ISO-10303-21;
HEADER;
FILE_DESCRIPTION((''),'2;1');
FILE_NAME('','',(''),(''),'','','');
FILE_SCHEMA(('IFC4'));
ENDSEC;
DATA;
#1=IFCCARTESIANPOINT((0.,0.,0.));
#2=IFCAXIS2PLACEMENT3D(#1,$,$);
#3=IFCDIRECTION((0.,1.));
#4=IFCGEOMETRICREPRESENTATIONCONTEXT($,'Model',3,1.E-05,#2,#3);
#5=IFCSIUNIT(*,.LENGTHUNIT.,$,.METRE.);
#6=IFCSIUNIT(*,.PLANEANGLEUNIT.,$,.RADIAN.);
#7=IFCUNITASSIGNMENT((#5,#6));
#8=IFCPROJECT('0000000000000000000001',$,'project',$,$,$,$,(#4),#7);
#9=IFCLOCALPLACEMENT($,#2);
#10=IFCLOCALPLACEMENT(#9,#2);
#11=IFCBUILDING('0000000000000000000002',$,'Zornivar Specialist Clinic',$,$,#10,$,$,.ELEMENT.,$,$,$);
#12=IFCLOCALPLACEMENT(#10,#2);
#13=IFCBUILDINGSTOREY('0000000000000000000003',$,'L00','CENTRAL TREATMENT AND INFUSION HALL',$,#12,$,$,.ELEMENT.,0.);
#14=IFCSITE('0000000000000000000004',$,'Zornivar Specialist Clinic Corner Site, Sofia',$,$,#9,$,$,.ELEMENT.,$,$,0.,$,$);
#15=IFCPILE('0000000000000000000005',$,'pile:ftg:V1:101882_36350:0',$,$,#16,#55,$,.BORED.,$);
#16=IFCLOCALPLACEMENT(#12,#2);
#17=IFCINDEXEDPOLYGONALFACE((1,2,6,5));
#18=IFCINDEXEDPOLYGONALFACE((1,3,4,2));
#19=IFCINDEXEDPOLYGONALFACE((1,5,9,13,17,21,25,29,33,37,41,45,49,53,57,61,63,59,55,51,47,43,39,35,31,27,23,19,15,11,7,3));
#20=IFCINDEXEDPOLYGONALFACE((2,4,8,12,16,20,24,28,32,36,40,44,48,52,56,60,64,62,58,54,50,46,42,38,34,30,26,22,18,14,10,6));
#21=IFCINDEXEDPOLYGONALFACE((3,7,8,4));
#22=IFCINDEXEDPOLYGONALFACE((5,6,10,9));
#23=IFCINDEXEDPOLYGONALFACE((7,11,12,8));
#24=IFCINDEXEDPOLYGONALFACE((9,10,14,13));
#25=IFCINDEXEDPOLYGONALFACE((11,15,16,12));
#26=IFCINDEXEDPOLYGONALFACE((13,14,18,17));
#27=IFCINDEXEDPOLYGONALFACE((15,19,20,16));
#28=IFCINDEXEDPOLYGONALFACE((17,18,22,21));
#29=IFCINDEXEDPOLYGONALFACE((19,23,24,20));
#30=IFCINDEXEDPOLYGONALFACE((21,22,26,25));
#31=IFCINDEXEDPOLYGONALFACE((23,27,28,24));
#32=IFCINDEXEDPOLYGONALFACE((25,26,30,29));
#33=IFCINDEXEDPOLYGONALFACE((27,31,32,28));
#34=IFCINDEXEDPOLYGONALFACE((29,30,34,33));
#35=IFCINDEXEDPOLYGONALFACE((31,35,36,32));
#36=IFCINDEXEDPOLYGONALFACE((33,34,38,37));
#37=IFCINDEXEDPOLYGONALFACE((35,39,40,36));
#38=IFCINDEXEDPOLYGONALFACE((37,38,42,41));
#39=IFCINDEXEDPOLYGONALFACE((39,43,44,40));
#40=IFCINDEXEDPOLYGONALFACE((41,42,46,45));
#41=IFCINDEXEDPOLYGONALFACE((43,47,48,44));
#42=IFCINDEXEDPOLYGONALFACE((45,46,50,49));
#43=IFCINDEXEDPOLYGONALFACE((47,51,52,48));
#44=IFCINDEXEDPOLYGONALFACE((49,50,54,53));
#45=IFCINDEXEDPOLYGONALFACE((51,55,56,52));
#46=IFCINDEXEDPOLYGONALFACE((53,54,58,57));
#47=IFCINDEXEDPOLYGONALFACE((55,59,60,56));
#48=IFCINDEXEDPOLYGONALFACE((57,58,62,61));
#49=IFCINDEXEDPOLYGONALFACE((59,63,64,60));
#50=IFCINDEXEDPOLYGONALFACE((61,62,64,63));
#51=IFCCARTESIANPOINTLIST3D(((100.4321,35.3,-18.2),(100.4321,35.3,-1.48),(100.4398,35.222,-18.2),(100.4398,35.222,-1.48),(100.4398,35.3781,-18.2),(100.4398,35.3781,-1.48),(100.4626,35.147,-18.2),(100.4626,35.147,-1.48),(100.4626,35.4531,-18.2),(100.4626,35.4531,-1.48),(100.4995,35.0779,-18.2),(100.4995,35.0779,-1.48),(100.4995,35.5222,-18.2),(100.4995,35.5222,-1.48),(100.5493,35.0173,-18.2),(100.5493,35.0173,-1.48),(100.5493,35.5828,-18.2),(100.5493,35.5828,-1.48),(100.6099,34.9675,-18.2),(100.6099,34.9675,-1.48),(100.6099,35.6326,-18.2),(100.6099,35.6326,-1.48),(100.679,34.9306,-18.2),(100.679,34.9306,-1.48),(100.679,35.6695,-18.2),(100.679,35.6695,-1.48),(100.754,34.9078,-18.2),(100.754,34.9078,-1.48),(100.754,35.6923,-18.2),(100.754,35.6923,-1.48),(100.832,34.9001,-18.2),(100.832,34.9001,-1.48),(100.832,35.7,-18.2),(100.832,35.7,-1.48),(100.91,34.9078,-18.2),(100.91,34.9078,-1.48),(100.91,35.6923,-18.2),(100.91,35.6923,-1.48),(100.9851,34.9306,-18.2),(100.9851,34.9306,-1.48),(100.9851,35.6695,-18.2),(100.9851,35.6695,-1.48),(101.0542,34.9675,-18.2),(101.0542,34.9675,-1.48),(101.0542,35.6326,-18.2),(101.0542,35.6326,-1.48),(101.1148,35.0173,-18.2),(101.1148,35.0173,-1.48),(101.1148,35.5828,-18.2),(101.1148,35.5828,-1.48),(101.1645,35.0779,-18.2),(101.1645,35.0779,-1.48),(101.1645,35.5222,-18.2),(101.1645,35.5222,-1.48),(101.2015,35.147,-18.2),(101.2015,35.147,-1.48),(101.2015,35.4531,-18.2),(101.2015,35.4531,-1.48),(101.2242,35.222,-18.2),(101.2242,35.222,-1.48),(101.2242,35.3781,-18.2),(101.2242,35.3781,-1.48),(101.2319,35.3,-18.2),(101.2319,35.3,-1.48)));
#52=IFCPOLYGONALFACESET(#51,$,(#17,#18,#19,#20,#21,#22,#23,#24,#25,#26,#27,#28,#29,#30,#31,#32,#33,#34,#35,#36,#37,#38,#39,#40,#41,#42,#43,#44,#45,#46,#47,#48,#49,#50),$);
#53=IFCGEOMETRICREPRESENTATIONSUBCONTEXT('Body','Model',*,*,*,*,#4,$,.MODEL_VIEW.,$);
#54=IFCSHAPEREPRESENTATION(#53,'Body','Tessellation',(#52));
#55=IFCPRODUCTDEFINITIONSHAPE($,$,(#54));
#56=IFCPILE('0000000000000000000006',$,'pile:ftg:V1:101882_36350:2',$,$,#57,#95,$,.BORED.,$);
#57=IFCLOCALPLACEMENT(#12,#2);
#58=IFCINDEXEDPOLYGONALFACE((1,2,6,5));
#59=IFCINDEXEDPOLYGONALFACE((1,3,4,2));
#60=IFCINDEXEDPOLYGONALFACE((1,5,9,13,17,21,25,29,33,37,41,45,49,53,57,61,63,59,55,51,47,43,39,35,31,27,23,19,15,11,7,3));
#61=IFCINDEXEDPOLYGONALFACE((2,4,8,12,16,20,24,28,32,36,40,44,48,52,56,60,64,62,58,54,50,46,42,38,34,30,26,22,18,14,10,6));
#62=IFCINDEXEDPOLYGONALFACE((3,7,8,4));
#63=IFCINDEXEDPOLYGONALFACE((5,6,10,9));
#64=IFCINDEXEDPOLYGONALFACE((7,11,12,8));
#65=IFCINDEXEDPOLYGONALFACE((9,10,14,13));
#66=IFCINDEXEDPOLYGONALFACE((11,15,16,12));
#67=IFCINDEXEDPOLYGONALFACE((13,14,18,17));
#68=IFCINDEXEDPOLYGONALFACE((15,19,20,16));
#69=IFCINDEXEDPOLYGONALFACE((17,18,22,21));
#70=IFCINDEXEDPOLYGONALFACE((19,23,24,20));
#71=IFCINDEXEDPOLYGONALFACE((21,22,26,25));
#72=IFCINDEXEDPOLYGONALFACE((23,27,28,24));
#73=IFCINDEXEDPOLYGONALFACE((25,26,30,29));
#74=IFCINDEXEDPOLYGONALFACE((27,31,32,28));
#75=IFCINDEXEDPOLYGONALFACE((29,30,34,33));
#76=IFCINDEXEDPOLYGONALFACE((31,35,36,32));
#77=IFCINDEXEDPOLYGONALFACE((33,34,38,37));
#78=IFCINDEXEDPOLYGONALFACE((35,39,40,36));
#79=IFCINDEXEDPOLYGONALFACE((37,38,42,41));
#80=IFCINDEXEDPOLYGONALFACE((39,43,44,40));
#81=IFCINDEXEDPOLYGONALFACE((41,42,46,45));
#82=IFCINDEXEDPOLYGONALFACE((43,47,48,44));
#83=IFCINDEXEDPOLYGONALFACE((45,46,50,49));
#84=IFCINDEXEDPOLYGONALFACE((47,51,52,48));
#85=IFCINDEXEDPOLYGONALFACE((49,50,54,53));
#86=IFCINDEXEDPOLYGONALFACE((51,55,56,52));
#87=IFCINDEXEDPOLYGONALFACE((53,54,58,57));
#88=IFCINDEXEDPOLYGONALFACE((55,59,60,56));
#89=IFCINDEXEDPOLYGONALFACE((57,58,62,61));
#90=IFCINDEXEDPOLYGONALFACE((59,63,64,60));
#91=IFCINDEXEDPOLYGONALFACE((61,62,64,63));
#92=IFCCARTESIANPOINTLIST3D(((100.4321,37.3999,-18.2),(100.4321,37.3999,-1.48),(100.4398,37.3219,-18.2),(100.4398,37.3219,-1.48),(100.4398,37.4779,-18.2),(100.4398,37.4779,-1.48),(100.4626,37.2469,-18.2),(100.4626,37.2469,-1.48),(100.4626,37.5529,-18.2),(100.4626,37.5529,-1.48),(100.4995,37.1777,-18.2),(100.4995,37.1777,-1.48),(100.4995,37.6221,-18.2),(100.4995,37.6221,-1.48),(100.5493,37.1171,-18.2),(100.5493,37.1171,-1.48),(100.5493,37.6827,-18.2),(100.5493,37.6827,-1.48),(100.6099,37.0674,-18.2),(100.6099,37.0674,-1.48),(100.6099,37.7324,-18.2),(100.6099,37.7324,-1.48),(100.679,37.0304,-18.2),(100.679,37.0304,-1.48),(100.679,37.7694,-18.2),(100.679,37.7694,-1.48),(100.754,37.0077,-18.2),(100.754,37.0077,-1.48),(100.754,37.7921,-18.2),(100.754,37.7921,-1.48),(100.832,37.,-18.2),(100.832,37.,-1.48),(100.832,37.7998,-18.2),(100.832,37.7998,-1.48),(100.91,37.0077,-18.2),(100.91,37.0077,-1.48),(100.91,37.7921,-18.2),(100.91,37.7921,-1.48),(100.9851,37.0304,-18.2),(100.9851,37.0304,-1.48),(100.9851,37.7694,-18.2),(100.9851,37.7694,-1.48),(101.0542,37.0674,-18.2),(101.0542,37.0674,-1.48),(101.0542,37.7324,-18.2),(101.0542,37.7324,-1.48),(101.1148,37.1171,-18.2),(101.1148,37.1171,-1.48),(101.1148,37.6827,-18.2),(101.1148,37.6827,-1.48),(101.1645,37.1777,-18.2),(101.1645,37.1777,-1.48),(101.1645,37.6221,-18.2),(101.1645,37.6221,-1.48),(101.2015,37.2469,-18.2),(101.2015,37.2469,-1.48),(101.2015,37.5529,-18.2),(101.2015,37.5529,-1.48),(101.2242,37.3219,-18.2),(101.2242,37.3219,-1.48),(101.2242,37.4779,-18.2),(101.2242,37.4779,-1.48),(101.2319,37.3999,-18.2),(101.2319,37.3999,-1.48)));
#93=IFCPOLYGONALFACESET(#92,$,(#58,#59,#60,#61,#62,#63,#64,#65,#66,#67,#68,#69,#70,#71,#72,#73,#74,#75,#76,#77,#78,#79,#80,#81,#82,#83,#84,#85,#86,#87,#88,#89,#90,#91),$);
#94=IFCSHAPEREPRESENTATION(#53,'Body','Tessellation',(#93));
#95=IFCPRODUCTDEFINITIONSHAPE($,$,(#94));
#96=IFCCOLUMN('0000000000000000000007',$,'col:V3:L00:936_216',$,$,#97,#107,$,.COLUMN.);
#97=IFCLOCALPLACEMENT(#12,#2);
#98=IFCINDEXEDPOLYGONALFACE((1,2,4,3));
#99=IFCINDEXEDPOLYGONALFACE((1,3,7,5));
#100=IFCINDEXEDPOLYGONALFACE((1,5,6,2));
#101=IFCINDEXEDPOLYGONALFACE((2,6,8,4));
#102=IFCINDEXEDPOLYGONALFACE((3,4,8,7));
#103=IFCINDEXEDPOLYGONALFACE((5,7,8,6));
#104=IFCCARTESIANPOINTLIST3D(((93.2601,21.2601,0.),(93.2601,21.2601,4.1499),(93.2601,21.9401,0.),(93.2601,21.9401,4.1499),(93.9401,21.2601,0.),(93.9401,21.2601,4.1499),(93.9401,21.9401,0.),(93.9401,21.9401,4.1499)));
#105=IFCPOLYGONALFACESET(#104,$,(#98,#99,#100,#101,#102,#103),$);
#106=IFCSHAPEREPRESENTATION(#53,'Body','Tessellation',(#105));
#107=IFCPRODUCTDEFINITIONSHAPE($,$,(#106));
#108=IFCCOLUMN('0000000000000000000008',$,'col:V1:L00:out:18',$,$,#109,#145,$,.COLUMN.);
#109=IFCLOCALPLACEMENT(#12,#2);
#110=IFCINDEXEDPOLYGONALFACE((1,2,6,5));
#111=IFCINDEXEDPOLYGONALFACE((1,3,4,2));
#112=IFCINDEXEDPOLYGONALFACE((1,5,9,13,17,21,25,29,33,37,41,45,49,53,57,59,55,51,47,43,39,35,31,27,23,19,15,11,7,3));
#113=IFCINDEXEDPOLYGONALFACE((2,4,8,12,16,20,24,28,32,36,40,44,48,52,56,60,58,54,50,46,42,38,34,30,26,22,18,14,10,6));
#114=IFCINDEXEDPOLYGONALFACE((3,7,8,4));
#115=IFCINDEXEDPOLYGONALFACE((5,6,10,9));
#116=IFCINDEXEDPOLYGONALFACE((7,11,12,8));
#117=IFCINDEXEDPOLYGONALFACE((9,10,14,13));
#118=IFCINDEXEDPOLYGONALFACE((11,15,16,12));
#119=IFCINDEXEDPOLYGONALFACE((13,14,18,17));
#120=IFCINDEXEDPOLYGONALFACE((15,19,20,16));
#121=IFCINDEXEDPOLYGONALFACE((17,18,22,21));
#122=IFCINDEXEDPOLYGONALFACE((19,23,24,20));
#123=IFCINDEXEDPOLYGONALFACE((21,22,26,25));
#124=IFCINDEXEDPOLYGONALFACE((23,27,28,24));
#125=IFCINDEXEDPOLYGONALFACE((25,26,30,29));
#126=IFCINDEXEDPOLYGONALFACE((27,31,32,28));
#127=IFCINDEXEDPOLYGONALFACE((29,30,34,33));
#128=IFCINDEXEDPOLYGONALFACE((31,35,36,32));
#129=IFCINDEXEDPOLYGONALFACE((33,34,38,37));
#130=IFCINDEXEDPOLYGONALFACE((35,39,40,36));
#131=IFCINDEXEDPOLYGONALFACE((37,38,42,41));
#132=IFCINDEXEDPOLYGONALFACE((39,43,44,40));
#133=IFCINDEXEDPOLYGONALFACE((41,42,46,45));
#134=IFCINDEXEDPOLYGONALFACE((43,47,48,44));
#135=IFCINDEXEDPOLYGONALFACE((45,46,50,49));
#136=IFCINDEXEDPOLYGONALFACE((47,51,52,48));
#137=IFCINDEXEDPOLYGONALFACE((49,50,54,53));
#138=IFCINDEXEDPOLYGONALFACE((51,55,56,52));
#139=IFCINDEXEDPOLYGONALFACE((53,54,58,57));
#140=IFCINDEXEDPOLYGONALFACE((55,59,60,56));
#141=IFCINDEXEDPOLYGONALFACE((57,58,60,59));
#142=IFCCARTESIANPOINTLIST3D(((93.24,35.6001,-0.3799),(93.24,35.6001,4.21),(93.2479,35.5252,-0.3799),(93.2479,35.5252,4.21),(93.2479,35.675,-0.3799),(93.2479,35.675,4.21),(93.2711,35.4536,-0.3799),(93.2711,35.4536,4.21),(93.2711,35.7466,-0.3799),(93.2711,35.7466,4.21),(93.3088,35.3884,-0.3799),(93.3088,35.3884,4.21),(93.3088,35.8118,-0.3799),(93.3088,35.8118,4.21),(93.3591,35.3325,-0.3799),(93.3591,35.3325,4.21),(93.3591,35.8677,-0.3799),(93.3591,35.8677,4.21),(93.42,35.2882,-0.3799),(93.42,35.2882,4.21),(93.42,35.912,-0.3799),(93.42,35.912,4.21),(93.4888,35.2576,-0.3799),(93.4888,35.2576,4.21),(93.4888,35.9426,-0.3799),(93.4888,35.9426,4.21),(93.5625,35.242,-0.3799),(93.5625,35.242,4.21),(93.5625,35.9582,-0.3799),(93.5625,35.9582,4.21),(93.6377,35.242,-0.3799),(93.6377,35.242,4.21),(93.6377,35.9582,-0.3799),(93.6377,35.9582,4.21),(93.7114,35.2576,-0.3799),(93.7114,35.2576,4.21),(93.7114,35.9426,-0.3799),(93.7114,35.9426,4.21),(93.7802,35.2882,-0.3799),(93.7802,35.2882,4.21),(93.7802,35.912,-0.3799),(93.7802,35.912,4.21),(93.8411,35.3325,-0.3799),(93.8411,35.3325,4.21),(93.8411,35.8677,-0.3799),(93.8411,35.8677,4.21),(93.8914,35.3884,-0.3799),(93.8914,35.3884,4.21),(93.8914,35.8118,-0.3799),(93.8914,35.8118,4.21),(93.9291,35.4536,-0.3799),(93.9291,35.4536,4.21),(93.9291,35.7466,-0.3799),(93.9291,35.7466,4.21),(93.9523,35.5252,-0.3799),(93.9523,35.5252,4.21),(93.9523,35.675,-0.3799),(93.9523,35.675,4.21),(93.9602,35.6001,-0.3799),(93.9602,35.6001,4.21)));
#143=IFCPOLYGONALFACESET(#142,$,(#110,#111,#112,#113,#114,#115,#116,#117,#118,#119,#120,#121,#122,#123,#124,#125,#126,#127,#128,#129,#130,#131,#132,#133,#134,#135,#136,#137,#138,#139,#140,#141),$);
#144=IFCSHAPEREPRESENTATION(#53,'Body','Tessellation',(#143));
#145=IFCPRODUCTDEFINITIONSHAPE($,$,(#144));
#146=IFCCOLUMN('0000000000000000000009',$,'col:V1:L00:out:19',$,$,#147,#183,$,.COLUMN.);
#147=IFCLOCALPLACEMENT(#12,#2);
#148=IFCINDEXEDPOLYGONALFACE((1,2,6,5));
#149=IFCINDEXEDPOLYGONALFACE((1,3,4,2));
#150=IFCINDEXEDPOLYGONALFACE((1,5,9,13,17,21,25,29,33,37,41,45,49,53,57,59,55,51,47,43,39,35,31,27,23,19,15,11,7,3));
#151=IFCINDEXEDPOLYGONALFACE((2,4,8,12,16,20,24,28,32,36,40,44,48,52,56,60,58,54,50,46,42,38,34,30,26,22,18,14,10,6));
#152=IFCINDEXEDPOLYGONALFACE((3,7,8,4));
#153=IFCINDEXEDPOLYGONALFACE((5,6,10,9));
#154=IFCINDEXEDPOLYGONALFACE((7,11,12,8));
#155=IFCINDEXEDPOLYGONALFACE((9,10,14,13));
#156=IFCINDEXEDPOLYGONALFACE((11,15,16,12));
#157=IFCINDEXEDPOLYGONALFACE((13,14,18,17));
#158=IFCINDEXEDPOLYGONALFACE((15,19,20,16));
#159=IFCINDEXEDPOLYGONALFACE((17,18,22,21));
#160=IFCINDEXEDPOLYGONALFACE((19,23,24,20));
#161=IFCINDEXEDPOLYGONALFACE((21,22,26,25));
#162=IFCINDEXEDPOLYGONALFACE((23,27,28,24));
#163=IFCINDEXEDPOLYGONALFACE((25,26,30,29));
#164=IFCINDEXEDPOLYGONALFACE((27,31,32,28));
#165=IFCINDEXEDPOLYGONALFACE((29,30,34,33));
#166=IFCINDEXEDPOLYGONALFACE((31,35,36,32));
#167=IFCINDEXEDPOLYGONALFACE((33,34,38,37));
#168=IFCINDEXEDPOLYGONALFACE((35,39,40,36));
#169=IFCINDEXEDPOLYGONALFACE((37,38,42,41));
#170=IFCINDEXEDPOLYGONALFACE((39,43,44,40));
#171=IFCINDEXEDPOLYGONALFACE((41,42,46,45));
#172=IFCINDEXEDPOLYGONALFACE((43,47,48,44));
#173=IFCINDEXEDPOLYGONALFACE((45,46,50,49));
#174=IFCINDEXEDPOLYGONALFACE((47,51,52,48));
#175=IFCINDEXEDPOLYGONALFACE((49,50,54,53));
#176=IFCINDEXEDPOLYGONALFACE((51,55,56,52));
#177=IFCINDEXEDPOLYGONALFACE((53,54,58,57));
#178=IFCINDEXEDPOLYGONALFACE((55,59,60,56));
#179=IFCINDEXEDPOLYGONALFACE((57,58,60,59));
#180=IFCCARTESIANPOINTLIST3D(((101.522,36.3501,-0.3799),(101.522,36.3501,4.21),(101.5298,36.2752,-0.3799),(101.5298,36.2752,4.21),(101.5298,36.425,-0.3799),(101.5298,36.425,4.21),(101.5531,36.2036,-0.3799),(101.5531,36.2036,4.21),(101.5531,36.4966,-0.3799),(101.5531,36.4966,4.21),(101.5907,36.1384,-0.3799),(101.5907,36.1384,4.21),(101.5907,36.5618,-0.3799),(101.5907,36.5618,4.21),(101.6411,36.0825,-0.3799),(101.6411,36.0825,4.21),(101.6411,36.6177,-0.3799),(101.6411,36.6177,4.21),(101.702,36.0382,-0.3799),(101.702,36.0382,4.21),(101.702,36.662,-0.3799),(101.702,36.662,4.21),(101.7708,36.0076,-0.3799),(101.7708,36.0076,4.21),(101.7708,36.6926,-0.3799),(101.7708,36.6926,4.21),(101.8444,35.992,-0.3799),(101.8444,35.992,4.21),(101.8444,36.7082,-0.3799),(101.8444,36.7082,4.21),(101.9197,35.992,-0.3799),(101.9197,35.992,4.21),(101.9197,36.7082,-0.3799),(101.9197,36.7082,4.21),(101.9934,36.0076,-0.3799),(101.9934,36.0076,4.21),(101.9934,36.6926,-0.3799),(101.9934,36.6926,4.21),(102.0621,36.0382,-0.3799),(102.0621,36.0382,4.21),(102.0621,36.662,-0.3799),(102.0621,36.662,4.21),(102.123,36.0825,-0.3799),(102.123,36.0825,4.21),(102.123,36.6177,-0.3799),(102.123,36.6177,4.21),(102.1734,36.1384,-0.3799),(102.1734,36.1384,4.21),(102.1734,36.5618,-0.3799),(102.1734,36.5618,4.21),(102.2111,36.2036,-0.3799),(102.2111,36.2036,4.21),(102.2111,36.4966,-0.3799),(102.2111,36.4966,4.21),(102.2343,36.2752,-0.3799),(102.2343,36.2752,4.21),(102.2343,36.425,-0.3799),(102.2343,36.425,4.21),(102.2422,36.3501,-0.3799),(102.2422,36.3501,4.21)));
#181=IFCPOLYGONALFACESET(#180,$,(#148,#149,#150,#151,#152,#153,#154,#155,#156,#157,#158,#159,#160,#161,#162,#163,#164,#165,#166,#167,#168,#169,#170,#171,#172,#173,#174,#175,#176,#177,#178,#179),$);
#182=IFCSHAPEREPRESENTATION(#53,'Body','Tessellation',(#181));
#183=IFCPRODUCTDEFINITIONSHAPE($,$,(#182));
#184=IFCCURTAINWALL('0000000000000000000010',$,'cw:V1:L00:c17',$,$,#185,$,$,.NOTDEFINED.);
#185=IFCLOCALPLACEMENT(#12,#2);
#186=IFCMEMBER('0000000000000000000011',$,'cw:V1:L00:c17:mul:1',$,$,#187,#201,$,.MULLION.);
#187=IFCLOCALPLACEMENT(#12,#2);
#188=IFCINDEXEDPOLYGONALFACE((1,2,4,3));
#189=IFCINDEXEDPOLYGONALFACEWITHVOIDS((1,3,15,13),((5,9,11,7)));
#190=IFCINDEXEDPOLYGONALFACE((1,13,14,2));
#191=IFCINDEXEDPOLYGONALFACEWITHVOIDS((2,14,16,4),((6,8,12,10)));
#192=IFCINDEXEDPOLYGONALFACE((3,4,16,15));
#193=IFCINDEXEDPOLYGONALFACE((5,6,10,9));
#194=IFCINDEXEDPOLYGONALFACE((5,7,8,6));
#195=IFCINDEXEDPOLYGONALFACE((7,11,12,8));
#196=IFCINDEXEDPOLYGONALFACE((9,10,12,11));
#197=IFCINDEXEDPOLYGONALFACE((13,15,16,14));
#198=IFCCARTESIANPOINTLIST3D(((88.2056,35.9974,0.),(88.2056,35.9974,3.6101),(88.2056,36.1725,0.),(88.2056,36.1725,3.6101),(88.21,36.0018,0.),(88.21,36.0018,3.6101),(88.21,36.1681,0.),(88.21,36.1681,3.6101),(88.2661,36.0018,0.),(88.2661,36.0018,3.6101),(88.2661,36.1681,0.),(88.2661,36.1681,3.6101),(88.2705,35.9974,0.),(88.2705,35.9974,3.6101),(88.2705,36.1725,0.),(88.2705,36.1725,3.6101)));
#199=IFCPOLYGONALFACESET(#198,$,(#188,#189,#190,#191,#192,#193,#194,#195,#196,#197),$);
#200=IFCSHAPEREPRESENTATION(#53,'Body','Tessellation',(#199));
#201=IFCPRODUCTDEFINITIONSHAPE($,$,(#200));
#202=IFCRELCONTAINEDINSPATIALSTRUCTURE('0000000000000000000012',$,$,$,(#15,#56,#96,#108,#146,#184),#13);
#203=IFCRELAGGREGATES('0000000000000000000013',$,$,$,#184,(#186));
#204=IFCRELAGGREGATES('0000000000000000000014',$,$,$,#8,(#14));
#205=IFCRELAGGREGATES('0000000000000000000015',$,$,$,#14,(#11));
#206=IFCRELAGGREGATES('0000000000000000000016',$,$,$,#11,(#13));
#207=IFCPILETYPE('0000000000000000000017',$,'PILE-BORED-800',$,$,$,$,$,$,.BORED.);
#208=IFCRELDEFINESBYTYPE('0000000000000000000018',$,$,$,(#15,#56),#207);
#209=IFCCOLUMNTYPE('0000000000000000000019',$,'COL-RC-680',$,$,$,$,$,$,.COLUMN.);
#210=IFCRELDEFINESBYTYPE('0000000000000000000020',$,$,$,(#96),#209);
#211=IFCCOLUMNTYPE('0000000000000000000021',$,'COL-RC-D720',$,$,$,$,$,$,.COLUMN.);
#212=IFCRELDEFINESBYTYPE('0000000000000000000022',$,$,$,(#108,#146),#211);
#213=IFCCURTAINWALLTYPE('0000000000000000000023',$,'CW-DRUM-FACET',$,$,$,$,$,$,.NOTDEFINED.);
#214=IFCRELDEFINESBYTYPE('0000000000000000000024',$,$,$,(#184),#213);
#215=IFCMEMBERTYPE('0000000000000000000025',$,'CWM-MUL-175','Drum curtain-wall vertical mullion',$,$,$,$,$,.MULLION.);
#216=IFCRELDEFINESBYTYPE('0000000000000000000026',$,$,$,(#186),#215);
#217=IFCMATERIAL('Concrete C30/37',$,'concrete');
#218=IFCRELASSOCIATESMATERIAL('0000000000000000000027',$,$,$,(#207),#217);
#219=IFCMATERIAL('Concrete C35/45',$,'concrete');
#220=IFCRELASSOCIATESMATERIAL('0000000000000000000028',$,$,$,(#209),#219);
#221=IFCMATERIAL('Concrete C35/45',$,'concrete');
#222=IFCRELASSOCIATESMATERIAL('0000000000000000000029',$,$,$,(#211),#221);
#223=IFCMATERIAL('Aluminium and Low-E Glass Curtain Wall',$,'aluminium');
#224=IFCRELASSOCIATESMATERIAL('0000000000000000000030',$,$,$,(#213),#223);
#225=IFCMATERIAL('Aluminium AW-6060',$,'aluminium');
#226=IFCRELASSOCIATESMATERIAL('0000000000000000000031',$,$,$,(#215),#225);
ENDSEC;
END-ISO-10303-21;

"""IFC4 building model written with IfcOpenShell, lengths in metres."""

from ifc_helpers import new_model, si_unit, direction, frame, origin, origin_2d, place, context, subcontext, project, spatial, rectangle, hollow_rectangle, circle, extrude, material, material_profile, profile_set, type_object, element, aggregate, save


model = new_model("IFC4")

# Units and contexts
model_context = context("Model", 3, precision=1e-05, world=origin(), true_north=direction((0.0, 1.0)))
body_context = subcontext(model_context, "Body", "Model", "MODEL_VIEW")
ifc_project = project(units=[si_unit("LENGTHUNIT", "METRE"), si_unit("PLANEANGLEUNIT", "RADIAN")], contexts=[model_context])

# Site, building, storey
site_placement = place(None, origin())
site = spatial("IfcSite", under=ifc_project, at=site_placement, Name="Zornivar Specialist Clinic Corner Site, Sofia", CompositionType="ELEMENT", RefElevation=0.0)
building_placement = place(site_placement, origin())
building = spatial("IfcBuilding", under=site, at=building_placement, Name="Zornivar Specialist Clinic", CompositionType="ELEMENT")
storey_placement = place(building_placement, origin())
storey = spatial("IfcBuildingStorey", under=building, at=storey_placement, Name="L00", Description="CENTRAL TREATMENT AND INFUSION HALL", CompositionType="ELEMENT", Elevation=0.0)

# Piles
ifc_material_1 = material(Name="Concrete C30/37", Category="concrete")
ifc_material_profile_1 = material_profile(ifc_material_1, circle(Radius=0.3999, at=origin_2d()), Name="PILE D800")
ifc_profile_set_1 = profile_set([ifc_material_profile_1], Name="Concrete C30/37")
pile_type = type_object("IfcPileType", Name="PILE-BORED-800", PredefinedType="BORED", material=ifc_profile_set_1)
for number, where, z_axis, x_axis, name in (
    (1, (100.832, 35.3, -1.48), (0.0, 0.0, -1.0), (1.0, 0.0, 0.0), "pile:ftg:V1:101882_36350:0"),
    (2, (100.832, 37.3999, -1.48), (0.0, 0.0, -1.0), (1.0, 0.0, 0.0), "pile:ftg:V1:101882_36350:2"),
):
    element("IfcPile", number, at=place(storey_placement, frame(where, z_axis=z_axis, x_axis=x_axis)), inside=storey, type_object=pile_type, Name=name, PredefinedType="BORED", context=body_context, shape_type="SweptSolid", body=[
        extrude(circle(Radius=0.3999, at=origin_2d()), origin(), (0.0, 0.0, 1.0), 16.72),
    ])

# Columns
ifc_material_2 = material(Name="Concrete C35/45", Category="concrete")
ifc_material_profile_2 = material_profile(ifc_material_2, rectangle(XDim=0.6799, YDim=0.6799, at=origin_2d()), Name="RC 680x680")
ifc_profile_set_2 = profile_set([ifc_material_profile_2], Name="Concrete C35/45")
column_type_1 = type_object("IfcColumnType", Name="COL-RC-680", PredefinedType="COLUMN", material=ifc_profile_set_2)
column_placement = place(storey_placement, frame((93.6001, 21.6001, 0.0), z_axis=(0.0, 0.0, 1.0), x_axis=(1.0, 0.0, 0.0)))
element("IfcColumn", 3, at=column_placement, inside=storey, type_object=column_type_1, Name="col:V3:L00:936_216", PredefinedType="COLUMN", context=body_context, shape_type="SweptSolid", body=[
    extrude(rectangle(XDim=0.6799, YDim=0.6799, at=origin_2d()), origin(), (0.0, 0.0, 1.0), 4.1499),
])
ifc_material_3 = material(Name="Concrete C35/45", Category="concrete")
ifc_material_profile_3 = material_profile(ifc_material_3, circle(Radius=0.3601, at=origin_2d()), Name="RC D720")
ifc_profile_set_3 = profile_set([ifc_material_profile_3], Name="Concrete C35/45")
column_type_2 = type_object("IfcColumnType", Name="COL-RC-D720", PredefinedType="COLUMN", material=ifc_profile_set_3)
for number, where, z_axis, x_axis, name in (
    (4, (93.6001, 35.6001, -0.3799), (0.0, 0.0, 1.0), (1.0, 0.0, 0.0), "col:V1:L00:out:18"),
    (5, (101.8821, 36.3501, -0.3799), (0.0, 0.0, 1.0), (1.0, 0.0, 0.0), "col:V1:L00:out:19"),
):
    element("IfcColumn", number, at=place(storey_placement, frame(where, z_axis=z_axis, x_axis=x_axis)), inside=storey, type_object=column_type_2, Name=name, PredefinedType="COLUMN", context=body_context, shape_type="SweptSolid", body=[
        extrude(circle(Radius=0.3601, at=origin_2d()), origin(), (0.0, 0.0, 1.0), 4.5898),
    ])

# Curtain wall, member
ifc_material_4 = material(Name="Aluminium and Low-E Glass Curtain Wall", Category="aluminium")
curtain_wall_type = type_object("IfcCurtainWallType", Name="CW-DRUM-FACET", PredefinedType="NOTDEFINED", material=ifc_material_4)
curtain_wall_1_placement = place(storey_placement, origin())
curtain_wall_1 = element("IfcCurtainWall", 6, at=curtain_wall_1_placement, inside=storey, type_object=curtain_wall_type, Name="cw:V1:L00:c17", PredefinedType="NOTDEFINED")
ifc_material_5 = material(Name="Aluminium AW-6060", Category="aluminium")
ifc_material_profile_4 = material_profile(ifc_material_5, hollow_rectangle(XDim=0.0649, YDim=0.175, WallThickness=0.0044, at=origin_2d()), Name="ALU 65x175x4.5")
ifc_profile_set_4 = profile_set([ifc_material_profile_4], Name="Aluminium AW-6060")
member_type_1 = type_object("IfcMemberType", Name="CWM-MUL-175", Description="Drum curtain-wall vertical mullion", PredefinedType="MULLION", material=ifc_profile_set_4)
member_1_placement = place(storey_placement, frame((88.238, 36.085, 0.0), z_axis=(0.0, 0.0, 1.0), x_axis=(1.0, 0.0, 0.0)))
member_1 = element("IfcMember", 7, at=member_1_placement, type_object=member_type_1, Name="cw:V1:L00:c17:mul:1", PredefinedType="MULLION", context=body_context, shape_type="SweptSolid", body=[
    extrude(hollow_rectangle(XDim=0.0649, YDim=0.175, WallThickness=0.0044, at=origin_2d()), origin(), (0.0, 0.0, 1.0), 3.6101),
])

aggregate(curtain_wall_1, [member_1])

save(model, "model.ifc")
